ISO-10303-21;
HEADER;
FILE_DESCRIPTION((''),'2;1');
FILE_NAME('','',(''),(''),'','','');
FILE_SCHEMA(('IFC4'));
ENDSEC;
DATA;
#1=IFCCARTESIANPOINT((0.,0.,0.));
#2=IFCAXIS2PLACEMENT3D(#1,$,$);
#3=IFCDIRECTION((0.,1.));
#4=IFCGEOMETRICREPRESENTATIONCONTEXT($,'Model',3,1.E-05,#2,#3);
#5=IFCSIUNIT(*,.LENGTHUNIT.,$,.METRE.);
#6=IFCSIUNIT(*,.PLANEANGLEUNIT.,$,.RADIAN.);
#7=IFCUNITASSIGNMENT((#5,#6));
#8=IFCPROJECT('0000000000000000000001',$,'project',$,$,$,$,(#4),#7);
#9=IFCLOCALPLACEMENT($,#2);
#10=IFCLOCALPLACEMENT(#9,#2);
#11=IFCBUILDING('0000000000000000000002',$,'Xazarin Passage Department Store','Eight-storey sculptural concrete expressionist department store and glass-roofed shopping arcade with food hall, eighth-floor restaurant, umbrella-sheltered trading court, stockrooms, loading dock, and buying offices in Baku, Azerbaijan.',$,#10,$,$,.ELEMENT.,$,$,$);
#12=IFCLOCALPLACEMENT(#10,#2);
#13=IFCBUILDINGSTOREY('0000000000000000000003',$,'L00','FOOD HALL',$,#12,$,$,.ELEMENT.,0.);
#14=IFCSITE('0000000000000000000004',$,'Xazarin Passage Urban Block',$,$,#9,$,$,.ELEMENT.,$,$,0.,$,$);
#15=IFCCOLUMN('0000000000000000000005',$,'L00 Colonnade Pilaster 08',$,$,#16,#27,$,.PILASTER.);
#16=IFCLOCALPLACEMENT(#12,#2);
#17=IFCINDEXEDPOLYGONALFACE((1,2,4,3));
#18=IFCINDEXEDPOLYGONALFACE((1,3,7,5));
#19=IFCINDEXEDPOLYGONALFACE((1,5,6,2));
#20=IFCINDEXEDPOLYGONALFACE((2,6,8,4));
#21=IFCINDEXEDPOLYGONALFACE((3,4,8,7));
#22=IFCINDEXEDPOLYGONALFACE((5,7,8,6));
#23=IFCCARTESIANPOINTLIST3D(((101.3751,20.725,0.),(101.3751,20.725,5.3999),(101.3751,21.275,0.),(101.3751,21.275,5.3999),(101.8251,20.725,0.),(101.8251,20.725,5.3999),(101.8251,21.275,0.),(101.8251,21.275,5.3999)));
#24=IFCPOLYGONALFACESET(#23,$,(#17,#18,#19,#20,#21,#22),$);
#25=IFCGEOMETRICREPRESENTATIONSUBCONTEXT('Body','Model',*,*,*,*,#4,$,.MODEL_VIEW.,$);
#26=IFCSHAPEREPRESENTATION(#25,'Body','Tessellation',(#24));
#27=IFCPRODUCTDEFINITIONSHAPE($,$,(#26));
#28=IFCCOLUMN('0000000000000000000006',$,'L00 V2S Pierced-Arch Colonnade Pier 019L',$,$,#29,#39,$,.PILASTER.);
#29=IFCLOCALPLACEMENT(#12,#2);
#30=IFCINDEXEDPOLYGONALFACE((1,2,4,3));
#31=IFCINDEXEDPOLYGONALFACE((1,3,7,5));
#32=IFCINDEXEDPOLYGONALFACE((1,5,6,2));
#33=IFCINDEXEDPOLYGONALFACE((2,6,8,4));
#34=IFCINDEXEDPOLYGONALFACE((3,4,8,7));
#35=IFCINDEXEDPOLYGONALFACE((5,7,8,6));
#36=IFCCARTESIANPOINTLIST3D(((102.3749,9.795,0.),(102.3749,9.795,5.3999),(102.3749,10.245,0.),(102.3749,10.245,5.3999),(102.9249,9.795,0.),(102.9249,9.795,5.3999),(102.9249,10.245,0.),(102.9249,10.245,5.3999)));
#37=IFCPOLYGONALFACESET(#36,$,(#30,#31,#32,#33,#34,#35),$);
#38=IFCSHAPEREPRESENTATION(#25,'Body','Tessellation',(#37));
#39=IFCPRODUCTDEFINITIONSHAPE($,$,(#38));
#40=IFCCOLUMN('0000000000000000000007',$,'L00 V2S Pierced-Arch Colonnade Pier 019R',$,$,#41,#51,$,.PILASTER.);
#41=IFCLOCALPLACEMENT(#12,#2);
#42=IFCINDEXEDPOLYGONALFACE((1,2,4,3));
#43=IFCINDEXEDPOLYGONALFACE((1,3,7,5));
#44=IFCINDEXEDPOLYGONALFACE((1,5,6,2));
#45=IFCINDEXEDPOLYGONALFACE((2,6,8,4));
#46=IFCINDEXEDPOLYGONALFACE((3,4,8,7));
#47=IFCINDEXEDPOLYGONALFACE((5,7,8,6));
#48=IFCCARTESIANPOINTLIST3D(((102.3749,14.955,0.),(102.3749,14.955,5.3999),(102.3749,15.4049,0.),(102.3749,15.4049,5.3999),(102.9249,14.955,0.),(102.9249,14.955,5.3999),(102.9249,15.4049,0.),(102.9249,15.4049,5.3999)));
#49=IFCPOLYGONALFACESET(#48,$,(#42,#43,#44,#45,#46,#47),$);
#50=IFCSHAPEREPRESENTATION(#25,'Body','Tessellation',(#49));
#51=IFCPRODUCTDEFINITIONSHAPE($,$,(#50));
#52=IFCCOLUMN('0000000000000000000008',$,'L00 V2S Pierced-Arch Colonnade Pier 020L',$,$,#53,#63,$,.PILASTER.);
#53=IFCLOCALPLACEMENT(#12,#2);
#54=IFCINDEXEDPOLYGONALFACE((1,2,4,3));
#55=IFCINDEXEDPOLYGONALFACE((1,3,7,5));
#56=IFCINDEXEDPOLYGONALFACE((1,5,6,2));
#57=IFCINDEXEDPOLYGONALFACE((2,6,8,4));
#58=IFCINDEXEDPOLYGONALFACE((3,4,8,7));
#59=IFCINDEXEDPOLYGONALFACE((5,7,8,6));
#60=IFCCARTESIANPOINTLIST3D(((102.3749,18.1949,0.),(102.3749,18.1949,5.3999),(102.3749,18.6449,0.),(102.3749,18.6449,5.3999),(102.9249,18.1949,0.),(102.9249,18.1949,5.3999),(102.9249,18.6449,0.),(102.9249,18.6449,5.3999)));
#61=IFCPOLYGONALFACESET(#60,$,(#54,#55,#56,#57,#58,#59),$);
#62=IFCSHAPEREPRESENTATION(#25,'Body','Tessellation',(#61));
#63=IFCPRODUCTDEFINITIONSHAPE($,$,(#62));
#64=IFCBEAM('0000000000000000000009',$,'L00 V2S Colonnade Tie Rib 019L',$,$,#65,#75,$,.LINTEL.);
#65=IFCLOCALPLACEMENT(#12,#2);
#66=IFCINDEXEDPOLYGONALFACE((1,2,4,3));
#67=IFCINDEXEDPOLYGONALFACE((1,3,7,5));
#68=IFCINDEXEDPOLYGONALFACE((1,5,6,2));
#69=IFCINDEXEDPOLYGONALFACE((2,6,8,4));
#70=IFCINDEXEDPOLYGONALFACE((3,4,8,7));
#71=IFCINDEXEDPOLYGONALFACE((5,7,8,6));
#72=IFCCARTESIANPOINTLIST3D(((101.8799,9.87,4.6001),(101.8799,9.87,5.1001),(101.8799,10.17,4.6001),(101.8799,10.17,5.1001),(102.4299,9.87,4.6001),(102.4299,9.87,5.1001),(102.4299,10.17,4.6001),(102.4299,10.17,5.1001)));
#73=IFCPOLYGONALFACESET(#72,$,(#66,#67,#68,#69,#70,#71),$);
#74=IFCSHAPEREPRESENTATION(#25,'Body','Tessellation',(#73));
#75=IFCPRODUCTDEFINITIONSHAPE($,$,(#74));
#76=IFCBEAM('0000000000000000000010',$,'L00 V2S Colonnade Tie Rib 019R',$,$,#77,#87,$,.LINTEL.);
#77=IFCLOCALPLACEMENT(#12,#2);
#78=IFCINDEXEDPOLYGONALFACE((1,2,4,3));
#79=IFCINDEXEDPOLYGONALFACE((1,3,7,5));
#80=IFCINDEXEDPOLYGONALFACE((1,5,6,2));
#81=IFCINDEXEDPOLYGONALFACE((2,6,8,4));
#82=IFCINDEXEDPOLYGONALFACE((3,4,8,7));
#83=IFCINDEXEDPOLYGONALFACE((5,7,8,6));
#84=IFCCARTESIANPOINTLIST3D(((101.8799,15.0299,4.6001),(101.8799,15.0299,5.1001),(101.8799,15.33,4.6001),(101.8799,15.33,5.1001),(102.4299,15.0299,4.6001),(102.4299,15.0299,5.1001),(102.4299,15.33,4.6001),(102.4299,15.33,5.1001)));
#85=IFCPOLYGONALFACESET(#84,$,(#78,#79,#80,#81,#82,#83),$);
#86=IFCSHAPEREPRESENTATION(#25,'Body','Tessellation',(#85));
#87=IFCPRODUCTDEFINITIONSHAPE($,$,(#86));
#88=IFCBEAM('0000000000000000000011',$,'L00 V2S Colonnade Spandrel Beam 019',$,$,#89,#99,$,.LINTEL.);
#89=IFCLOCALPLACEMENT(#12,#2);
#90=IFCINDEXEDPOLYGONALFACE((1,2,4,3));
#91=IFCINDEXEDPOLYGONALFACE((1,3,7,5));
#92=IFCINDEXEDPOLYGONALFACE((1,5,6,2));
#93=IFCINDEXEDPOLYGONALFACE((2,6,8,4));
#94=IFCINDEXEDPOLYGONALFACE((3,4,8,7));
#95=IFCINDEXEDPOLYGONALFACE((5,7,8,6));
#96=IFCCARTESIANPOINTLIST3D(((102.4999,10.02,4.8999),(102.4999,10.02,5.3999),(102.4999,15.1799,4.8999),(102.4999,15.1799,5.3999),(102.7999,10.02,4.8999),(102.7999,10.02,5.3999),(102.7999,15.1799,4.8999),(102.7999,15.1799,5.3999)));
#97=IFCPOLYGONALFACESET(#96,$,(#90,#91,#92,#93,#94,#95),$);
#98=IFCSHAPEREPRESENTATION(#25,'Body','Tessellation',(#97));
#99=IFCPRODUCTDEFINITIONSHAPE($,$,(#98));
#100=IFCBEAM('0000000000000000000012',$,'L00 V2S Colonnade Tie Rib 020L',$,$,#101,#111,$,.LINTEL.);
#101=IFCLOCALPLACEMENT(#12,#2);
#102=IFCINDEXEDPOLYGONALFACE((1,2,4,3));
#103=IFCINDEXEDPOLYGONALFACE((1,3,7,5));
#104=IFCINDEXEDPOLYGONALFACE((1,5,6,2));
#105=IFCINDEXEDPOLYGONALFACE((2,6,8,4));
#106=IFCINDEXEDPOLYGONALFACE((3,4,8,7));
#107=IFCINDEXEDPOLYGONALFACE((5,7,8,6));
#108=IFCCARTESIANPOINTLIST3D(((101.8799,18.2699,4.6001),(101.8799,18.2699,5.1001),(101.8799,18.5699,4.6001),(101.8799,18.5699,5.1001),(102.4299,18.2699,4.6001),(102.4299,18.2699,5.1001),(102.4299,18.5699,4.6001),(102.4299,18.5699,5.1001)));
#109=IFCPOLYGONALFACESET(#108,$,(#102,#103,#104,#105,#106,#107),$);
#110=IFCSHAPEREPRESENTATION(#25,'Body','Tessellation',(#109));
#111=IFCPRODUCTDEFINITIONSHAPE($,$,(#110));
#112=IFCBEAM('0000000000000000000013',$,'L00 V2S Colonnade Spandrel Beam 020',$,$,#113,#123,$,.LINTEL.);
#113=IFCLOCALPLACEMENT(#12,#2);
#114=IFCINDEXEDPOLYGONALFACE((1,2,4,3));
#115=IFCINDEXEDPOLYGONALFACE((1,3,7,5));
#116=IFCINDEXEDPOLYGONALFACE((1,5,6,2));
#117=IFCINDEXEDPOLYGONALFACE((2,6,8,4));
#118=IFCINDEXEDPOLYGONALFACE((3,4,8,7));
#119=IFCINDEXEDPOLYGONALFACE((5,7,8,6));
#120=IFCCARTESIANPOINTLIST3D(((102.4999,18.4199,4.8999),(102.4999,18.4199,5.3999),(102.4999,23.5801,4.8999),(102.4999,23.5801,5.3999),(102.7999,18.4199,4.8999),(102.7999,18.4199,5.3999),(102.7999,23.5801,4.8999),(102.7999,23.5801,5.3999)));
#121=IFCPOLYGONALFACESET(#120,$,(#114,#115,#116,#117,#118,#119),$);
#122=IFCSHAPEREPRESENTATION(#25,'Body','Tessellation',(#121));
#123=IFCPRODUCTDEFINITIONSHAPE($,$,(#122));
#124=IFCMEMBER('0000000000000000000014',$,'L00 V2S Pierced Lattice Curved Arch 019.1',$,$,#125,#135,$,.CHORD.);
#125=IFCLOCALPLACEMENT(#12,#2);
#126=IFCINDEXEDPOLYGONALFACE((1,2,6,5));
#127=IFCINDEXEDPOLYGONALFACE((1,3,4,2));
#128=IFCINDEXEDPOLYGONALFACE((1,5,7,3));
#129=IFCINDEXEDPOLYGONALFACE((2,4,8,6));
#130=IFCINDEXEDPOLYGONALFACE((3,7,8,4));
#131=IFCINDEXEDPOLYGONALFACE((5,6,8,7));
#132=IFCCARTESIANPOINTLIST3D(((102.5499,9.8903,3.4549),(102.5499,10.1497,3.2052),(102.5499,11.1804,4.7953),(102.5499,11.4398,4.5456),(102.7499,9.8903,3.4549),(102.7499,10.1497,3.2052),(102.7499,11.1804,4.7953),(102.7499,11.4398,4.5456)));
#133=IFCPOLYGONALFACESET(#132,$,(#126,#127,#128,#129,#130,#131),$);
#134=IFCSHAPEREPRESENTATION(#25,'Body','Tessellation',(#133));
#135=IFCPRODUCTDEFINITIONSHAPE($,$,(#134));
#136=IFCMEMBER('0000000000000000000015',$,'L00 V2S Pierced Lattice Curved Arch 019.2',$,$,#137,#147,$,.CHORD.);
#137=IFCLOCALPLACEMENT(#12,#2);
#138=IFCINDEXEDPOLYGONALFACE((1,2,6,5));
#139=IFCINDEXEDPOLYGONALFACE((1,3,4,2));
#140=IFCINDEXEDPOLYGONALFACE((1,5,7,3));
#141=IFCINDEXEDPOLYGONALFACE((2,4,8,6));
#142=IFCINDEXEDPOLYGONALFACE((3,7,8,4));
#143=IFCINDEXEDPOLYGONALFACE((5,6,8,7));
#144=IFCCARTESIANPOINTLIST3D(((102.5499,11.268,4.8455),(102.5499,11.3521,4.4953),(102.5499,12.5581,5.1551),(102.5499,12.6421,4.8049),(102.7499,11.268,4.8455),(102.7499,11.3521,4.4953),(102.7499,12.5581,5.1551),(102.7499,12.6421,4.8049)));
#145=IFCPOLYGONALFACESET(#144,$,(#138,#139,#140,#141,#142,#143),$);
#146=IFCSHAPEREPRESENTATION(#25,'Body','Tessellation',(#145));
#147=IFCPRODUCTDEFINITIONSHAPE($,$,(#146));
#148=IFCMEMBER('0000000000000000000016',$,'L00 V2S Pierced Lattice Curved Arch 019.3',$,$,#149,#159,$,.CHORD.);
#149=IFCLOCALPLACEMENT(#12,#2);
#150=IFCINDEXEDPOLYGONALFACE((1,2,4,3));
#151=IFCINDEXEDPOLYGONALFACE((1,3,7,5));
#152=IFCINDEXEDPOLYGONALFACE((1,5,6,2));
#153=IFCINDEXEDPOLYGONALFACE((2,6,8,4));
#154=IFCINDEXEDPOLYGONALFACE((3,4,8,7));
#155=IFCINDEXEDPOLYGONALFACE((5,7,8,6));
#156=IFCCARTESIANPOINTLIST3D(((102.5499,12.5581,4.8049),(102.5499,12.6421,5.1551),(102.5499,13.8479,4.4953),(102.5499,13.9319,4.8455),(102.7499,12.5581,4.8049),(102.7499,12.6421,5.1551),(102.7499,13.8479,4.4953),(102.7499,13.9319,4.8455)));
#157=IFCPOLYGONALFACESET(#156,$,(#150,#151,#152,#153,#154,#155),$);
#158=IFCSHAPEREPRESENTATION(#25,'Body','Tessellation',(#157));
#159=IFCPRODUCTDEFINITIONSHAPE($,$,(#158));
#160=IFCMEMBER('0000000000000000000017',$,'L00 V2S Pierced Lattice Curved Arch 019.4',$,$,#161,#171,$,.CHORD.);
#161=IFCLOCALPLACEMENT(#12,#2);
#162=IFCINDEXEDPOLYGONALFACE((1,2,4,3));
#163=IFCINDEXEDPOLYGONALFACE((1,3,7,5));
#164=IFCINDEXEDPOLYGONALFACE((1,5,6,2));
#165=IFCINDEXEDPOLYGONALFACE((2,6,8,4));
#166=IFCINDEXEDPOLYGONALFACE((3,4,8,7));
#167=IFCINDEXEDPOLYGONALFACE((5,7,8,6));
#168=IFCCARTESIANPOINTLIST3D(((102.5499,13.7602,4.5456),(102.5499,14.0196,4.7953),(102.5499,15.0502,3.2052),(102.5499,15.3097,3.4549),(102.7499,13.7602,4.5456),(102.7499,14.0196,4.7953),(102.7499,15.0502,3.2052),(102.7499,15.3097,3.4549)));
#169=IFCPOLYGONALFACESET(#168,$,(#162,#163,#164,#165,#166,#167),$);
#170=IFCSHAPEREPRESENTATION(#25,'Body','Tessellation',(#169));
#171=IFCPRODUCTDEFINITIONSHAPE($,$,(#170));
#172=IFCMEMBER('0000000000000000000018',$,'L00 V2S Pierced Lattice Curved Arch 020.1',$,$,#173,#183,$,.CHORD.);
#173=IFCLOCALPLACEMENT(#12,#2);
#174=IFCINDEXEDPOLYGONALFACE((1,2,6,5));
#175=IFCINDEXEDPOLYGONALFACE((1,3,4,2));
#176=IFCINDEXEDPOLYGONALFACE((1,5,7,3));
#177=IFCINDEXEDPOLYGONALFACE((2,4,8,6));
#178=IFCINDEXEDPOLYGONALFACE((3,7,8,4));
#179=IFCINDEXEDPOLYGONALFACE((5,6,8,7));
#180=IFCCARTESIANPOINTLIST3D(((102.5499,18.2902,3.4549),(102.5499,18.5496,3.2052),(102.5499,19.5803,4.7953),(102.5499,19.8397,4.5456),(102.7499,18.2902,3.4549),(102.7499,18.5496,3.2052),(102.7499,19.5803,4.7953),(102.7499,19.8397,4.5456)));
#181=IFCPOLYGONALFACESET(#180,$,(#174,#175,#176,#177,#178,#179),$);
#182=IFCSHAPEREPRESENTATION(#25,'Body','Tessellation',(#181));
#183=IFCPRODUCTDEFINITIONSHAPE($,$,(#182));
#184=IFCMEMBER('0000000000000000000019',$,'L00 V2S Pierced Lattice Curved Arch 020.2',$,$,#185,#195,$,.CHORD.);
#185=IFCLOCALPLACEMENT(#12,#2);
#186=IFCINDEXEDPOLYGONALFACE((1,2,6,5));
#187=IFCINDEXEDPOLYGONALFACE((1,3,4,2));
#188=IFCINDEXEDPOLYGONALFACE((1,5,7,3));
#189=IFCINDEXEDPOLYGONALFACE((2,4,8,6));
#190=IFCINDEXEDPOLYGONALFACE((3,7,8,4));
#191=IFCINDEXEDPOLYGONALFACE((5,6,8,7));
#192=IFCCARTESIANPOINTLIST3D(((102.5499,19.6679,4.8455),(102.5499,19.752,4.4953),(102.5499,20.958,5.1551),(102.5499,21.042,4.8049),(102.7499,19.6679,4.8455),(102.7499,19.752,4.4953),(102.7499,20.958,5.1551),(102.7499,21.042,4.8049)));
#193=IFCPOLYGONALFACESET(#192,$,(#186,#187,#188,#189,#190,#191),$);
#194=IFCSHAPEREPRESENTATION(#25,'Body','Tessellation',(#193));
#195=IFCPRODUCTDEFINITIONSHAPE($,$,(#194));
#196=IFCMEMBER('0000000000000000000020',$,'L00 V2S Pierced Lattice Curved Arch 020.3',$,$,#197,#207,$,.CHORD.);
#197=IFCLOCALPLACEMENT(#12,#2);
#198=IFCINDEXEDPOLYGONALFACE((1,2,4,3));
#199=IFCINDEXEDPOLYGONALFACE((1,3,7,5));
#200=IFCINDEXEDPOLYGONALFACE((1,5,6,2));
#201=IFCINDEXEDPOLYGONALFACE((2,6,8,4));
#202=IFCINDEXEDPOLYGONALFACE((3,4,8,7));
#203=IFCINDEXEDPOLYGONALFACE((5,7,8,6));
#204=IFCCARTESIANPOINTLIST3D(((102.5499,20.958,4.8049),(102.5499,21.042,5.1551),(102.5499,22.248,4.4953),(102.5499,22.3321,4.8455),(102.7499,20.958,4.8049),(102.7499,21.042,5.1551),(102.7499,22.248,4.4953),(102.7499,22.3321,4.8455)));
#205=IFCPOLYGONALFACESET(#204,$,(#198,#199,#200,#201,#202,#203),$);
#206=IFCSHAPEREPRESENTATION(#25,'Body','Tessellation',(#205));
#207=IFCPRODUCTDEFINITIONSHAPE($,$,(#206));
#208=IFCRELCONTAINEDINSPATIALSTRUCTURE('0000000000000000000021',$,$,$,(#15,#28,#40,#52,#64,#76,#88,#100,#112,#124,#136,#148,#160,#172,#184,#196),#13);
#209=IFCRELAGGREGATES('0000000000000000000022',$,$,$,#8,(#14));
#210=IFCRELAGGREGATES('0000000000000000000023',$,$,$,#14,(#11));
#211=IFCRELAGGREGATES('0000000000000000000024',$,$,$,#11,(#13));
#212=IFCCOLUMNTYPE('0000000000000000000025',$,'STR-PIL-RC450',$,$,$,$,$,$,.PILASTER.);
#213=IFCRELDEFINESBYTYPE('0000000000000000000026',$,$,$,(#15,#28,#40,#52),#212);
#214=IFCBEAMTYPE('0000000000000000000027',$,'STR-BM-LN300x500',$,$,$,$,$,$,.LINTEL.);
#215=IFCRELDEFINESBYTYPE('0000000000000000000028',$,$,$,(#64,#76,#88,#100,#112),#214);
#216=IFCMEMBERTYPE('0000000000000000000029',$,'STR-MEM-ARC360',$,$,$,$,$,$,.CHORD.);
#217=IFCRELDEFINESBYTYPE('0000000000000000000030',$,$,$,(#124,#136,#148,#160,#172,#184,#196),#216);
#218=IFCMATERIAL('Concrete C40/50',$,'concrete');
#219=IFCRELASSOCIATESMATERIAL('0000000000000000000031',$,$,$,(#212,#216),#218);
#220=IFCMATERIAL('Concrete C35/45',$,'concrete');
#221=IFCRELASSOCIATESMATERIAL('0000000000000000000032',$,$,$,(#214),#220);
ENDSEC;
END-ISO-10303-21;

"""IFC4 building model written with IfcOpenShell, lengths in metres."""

from ifc_helpers import new_model, si_unit, direction, frame, origin, origin_2d, place, context, subcontext, project, spatial, rectangle, extrude, material, material_profile, profile_set, type_object, element, save


model = new_model("IFC4")

# Units and contexts
model_context = context("Model", 3, precision=1e-05, world=origin(), true_north=direction((0.0, 1.0)))
body_context = subcontext(model_context, "Body", "Model", "MODEL_VIEW")
ifc_project = project(units=[si_unit("LENGTHUNIT", "METRE"), si_unit("PLANEANGLEUNIT", "RADIAN")], contexts=[model_context])

# Site, building, storey
site_placement = place(None, origin())
site = spatial("IfcSite", under=ifc_project, at=site_placement, Name="Xazarin Passage Urban Block", CompositionType="ELEMENT", RefElevation=0.0)
building_placement = place(site_placement, origin())
building = spatial("IfcBuilding", under=site, at=building_placement, Name="Xazarin Passage Department Store", Description="Eight-storey sculptural concrete expressionist department store and glass-roofed shopping arcade with food hall, eighth-floor restaurant, umbrella-sheltered trading court, stockrooms, loading dock, and buying offices in Baku, Azerbaijan.", CompositionType="ELEMENT")
storey_placement = place(building_placement, origin())
storey = spatial("IfcBuildingStorey", under=building, at=storey_placement, Name="L00", Description="FOOD HALL", CompositionType="ELEMENT", Elevation=0.0)

# Columns
ifc_material_1 = material(Name="Concrete C40/50", Category="concrete")
ifc_material_profile_1 = material_profile(ifc_material_1, rectangle(XDim=0.45, YDim=0.55, at=origin_2d()), Name="RC 450x550")
ifc_profile_set_1 = profile_set([ifc_material_profile_1], Name="Concrete C40/50")
column_type = type_object("IfcColumnType", Name="STR-PIL-RC450", PredefinedType="PILASTER", material=ifc_profile_set_1)
for number, where, z_axis, x_axis, name in (
    (1, (101.6001, 21.0, 0.0), (0.0, 0.0, 1.0), (1.0, 0.0, 0.0), "L00 Colonnade Pilaster 08"),
    (2, (102.6499, 10.02, 0.0), (0.0, 0.0, 1.0), (0.0, 1.0, 0.0), "L00 V2S Pierced-Arch Colonnade Pier 019L"),
    (3, (102.6499, 15.1799, 0.0), (0.0, 0.0, 1.0), (0.0, 1.0, 0.0), "L00 V2S Pierced-Arch Colonnade Pier 019R"),
    (4, (102.6499, 18.4199, 0.0), (0.0, 0.0, 1.0), (0.0, 1.0, 0.0), "L00 V2S Pierced-Arch Colonnade Pier 020L"),
):
    element("IfcColumn", number, at=place(storey_placement, frame(where, z_axis=z_axis, x_axis=x_axis)), inside=storey, type_object=column_type, Name=name, PredefinedType="PILASTER", context=body_context, shape_type="SweptSolid", body=[
        extrude(rectangle(XDim=0.45, YDim=0.55, at=origin_2d()), origin(), (0.0, 0.0, 1.0), 5.3999),
    ])

# Beams
ifc_material_2 = material(Name="Concrete C35/45", Category="concrete")
ifc_material_profile_2 = material_profile(ifc_material_2, rectangle(XDim=0.3, YDim=0.5, at=origin_2d()), Name="RC 300x500")
ifc_profile_set_2 = profile_set([ifc_material_profile_2], Name="Concrete C35/45")
beam_type = type_object("IfcBeamType", Name="STR-BM-LN300x500", PredefinedType="LINTEL", material=ifc_profile_set_2)
for number, where, z_axis, x_axis, name in (
    (5, (101.8799, 10.02, 4.8501), (1.0, 0.0, 0.0), (0.0, 1.0, 0.0), "L00 V2S Colonnade Tie Rib 019L"),
    (6, (101.8799, 15.1799, 4.8501), (1.0, 0.0, 0.0), (0.0, 1.0, 0.0), "L00 V2S Colonnade Tie Rib 019R"),
):
    element("IfcBeam", number, at=place(storey_placement, frame(where, z_axis=z_axis, x_axis=x_axis)), inside=storey, type_object=beam_type, Name=name, PredefinedType="LINTEL", context=body_context, shape_type="SweptSolid", body=[
        extrude(rectangle(XDim=0.3, YDim=0.5, at=origin_2d()), origin(), (0.0, 0.0, 1.0), 0.55),
    ])
beam_1_placement = place(storey_placement, frame((102.6499, 10.02, 5.1499), z_axis=(0.0, 1.0, 0.0), x_axis=(-1.0, 0.0, 0.0)))
element("IfcBeam", 7, at=beam_1_placement, inside=storey, type_object=beam_type, Name="L00 V2S Colonnade Spandrel Beam 019", PredefinedType="LINTEL", context=body_context, shape_type="SweptSolid", body=[
    extrude(rectangle(XDim=0.3, YDim=0.5, at=origin_2d()), origin(), (0.0, 0.0, 1.0), 5.1599),
])
beam_2_placement = place(storey_placement, frame((101.8799, 18.4199, 4.8501), z_axis=(1.0, 0.0, 0.0), x_axis=(0.0, 1.0, 0.0)))
element("IfcBeam", 8, at=beam_2_placement, inside=storey, type_object=beam_type, Name="L00 V2S Colonnade Tie Rib 020L", PredefinedType="LINTEL", context=body_context, shape_type="SweptSolid", body=[
    extrude(rectangle(XDim=0.3, YDim=0.5, at=origin_2d()), origin(), (0.0, 0.0, 1.0), 0.55),
])
beam_3_placement = place(storey_placement, frame((102.6499, 18.4199, 5.1499), z_axis=(0.0, 1.0, 0.0), x_axis=(-1.0, 0.0, 0.0)))
element("IfcBeam", 9, at=beam_3_placement, inside=storey, type_object=beam_type, Name="L00 V2S Colonnade Spandrel Beam 020", PredefinedType="LINTEL", context=body_context, shape_type="SweptSolid", body=[
    extrude(rectangle(XDim=0.3, YDim=0.5, at=origin_2d()), origin(), (0.0, 0.0, 1.0), 5.1602),
])

# Members
ifc_material_profile_3 = material_profile(ifc_material_1, rectangle(XDim=0.2, YDim=0.3601, at=origin_2d()), Name="RC 200x360")
ifc_profile_set_3 = profile_set([ifc_material_profile_3], Name="Concrete C40/50")
member_type = type_object("IfcMemberType", Name="STR-MEM-ARC360", PredefinedType="CHORD", material=ifc_profile_set_3)
member_1_placement = place(storey_placement, frame((102.6499, 10.02, 3.3301), z_axis=(0.0, 0.69346, 0.720495), x_axis=(-1.0, 0.0, 0.0)))
element("IfcMember", 10, at=member_1_placement, inside=storey, type_object=member_type, Name="L00 V2S Pierced Lattice Curved Arch 019.1", PredefinedType="CHORD", context=body_context, shape_type="SweptSolid", body=[
    extrude(rectangle(XDim=0.2, YDim=0.3601, at=origin_2d()), origin(), (0.0, 0.0, 1.0), 1.8604),
])
member_2_placement = place(storey_placement, frame((102.6499, 11.3101, 4.6704), z_axis=(0.0, 0.972394, 0.233345), x_axis=(-1.0, 0.0, 0.0)))
element("IfcMember", 11, at=member_2_placement, inside=storey, type_object=member_type, Name="L00 V2S Pierced Lattice Curved Arch 019.2", PredefinedType="CHORD", context=body_context, shape_type="SweptSolid", body=[
    extrude(rectangle(XDim=0.2, YDim=0.3601, at=origin_2d()), origin(), (0.0, 0.0, 1.0), 1.3267),
])
member_3_placement = place(storey_placement, frame((102.6499, 12.6001, 4.98), z_axis=(0.0, 0.972384, -0.233387), x_axis=(-1.0, 0.0, 0.0)))
element("IfcMember", 12, at=member_3_placement, inside=storey, type_object=member_type, Name="L00 V2S Pierced Lattice Curved Arch 019.3", PredefinedType="CHORD", context=body_context, shape_type="SweptSolid", body=[
    extrude(rectangle(XDim=0.2, YDim=0.3601, at=origin_2d()), origin(), (0.0, 0.0, 1.0), 1.3264),
])
for number, where, z_axis, x_axis, name in (
    (13, (102.6499, 13.8899, 4.6704), (0.0, 0.69346, -0.720495), (-1.0, 0.0, 0.0), "L00 V2S Pierced Lattice Curved Arch 019.4"),
    (14, (102.6499, 18.4199, 3.3301), (0.0, 0.69346, 0.720495), (-1.0, 0.0, 0.0), "L00 V2S Pierced Lattice Curved Arch 020.1"),
):
    element("IfcMember", number, at=place(storey_placement, frame(where, z_axis=z_axis, x_axis=x_axis)), inside=storey, type_object=member_type, Name=name, PredefinedType="CHORD", context=body_context, shape_type="SweptSolid", body=[
        extrude(rectangle(XDim=0.2, YDim=0.3601, at=origin_2d()), origin(), (0.0, 0.0, 1.0), 1.8604),
    ])
for number, where, z_axis, x_axis, name in (
    (15, (102.6499, 19.71, 4.6704), (0.0, 0.972394, 0.233345), (-1.0, 0.0, 0.0), "L00 V2S Pierced Lattice Curved Arch 020.2"),
    (16, (102.6499, 21.0, 4.98), (0.0, 0.972394, -0.233345), (-1.0, 0.0, 0.0), "L00 V2S Pierced Lattice Curved Arch 020.3"),
):
    element("IfcMember", number, at=place(storey_placement, frame(where, z_axis=z_axis, x_axis=x_axis)), inside=storey, type_object=member_type, Name=name, PredefinedType="CHORD", context=body_context, shape_type="SweptSolid", body=[
        extrude(rectangle(XDim=0.2, YDim=0.3601, at=origin_2d()), origin(), (0.0, 0.0, 1.0), 1.3267),
    ])

save(model, "model.ifc")
